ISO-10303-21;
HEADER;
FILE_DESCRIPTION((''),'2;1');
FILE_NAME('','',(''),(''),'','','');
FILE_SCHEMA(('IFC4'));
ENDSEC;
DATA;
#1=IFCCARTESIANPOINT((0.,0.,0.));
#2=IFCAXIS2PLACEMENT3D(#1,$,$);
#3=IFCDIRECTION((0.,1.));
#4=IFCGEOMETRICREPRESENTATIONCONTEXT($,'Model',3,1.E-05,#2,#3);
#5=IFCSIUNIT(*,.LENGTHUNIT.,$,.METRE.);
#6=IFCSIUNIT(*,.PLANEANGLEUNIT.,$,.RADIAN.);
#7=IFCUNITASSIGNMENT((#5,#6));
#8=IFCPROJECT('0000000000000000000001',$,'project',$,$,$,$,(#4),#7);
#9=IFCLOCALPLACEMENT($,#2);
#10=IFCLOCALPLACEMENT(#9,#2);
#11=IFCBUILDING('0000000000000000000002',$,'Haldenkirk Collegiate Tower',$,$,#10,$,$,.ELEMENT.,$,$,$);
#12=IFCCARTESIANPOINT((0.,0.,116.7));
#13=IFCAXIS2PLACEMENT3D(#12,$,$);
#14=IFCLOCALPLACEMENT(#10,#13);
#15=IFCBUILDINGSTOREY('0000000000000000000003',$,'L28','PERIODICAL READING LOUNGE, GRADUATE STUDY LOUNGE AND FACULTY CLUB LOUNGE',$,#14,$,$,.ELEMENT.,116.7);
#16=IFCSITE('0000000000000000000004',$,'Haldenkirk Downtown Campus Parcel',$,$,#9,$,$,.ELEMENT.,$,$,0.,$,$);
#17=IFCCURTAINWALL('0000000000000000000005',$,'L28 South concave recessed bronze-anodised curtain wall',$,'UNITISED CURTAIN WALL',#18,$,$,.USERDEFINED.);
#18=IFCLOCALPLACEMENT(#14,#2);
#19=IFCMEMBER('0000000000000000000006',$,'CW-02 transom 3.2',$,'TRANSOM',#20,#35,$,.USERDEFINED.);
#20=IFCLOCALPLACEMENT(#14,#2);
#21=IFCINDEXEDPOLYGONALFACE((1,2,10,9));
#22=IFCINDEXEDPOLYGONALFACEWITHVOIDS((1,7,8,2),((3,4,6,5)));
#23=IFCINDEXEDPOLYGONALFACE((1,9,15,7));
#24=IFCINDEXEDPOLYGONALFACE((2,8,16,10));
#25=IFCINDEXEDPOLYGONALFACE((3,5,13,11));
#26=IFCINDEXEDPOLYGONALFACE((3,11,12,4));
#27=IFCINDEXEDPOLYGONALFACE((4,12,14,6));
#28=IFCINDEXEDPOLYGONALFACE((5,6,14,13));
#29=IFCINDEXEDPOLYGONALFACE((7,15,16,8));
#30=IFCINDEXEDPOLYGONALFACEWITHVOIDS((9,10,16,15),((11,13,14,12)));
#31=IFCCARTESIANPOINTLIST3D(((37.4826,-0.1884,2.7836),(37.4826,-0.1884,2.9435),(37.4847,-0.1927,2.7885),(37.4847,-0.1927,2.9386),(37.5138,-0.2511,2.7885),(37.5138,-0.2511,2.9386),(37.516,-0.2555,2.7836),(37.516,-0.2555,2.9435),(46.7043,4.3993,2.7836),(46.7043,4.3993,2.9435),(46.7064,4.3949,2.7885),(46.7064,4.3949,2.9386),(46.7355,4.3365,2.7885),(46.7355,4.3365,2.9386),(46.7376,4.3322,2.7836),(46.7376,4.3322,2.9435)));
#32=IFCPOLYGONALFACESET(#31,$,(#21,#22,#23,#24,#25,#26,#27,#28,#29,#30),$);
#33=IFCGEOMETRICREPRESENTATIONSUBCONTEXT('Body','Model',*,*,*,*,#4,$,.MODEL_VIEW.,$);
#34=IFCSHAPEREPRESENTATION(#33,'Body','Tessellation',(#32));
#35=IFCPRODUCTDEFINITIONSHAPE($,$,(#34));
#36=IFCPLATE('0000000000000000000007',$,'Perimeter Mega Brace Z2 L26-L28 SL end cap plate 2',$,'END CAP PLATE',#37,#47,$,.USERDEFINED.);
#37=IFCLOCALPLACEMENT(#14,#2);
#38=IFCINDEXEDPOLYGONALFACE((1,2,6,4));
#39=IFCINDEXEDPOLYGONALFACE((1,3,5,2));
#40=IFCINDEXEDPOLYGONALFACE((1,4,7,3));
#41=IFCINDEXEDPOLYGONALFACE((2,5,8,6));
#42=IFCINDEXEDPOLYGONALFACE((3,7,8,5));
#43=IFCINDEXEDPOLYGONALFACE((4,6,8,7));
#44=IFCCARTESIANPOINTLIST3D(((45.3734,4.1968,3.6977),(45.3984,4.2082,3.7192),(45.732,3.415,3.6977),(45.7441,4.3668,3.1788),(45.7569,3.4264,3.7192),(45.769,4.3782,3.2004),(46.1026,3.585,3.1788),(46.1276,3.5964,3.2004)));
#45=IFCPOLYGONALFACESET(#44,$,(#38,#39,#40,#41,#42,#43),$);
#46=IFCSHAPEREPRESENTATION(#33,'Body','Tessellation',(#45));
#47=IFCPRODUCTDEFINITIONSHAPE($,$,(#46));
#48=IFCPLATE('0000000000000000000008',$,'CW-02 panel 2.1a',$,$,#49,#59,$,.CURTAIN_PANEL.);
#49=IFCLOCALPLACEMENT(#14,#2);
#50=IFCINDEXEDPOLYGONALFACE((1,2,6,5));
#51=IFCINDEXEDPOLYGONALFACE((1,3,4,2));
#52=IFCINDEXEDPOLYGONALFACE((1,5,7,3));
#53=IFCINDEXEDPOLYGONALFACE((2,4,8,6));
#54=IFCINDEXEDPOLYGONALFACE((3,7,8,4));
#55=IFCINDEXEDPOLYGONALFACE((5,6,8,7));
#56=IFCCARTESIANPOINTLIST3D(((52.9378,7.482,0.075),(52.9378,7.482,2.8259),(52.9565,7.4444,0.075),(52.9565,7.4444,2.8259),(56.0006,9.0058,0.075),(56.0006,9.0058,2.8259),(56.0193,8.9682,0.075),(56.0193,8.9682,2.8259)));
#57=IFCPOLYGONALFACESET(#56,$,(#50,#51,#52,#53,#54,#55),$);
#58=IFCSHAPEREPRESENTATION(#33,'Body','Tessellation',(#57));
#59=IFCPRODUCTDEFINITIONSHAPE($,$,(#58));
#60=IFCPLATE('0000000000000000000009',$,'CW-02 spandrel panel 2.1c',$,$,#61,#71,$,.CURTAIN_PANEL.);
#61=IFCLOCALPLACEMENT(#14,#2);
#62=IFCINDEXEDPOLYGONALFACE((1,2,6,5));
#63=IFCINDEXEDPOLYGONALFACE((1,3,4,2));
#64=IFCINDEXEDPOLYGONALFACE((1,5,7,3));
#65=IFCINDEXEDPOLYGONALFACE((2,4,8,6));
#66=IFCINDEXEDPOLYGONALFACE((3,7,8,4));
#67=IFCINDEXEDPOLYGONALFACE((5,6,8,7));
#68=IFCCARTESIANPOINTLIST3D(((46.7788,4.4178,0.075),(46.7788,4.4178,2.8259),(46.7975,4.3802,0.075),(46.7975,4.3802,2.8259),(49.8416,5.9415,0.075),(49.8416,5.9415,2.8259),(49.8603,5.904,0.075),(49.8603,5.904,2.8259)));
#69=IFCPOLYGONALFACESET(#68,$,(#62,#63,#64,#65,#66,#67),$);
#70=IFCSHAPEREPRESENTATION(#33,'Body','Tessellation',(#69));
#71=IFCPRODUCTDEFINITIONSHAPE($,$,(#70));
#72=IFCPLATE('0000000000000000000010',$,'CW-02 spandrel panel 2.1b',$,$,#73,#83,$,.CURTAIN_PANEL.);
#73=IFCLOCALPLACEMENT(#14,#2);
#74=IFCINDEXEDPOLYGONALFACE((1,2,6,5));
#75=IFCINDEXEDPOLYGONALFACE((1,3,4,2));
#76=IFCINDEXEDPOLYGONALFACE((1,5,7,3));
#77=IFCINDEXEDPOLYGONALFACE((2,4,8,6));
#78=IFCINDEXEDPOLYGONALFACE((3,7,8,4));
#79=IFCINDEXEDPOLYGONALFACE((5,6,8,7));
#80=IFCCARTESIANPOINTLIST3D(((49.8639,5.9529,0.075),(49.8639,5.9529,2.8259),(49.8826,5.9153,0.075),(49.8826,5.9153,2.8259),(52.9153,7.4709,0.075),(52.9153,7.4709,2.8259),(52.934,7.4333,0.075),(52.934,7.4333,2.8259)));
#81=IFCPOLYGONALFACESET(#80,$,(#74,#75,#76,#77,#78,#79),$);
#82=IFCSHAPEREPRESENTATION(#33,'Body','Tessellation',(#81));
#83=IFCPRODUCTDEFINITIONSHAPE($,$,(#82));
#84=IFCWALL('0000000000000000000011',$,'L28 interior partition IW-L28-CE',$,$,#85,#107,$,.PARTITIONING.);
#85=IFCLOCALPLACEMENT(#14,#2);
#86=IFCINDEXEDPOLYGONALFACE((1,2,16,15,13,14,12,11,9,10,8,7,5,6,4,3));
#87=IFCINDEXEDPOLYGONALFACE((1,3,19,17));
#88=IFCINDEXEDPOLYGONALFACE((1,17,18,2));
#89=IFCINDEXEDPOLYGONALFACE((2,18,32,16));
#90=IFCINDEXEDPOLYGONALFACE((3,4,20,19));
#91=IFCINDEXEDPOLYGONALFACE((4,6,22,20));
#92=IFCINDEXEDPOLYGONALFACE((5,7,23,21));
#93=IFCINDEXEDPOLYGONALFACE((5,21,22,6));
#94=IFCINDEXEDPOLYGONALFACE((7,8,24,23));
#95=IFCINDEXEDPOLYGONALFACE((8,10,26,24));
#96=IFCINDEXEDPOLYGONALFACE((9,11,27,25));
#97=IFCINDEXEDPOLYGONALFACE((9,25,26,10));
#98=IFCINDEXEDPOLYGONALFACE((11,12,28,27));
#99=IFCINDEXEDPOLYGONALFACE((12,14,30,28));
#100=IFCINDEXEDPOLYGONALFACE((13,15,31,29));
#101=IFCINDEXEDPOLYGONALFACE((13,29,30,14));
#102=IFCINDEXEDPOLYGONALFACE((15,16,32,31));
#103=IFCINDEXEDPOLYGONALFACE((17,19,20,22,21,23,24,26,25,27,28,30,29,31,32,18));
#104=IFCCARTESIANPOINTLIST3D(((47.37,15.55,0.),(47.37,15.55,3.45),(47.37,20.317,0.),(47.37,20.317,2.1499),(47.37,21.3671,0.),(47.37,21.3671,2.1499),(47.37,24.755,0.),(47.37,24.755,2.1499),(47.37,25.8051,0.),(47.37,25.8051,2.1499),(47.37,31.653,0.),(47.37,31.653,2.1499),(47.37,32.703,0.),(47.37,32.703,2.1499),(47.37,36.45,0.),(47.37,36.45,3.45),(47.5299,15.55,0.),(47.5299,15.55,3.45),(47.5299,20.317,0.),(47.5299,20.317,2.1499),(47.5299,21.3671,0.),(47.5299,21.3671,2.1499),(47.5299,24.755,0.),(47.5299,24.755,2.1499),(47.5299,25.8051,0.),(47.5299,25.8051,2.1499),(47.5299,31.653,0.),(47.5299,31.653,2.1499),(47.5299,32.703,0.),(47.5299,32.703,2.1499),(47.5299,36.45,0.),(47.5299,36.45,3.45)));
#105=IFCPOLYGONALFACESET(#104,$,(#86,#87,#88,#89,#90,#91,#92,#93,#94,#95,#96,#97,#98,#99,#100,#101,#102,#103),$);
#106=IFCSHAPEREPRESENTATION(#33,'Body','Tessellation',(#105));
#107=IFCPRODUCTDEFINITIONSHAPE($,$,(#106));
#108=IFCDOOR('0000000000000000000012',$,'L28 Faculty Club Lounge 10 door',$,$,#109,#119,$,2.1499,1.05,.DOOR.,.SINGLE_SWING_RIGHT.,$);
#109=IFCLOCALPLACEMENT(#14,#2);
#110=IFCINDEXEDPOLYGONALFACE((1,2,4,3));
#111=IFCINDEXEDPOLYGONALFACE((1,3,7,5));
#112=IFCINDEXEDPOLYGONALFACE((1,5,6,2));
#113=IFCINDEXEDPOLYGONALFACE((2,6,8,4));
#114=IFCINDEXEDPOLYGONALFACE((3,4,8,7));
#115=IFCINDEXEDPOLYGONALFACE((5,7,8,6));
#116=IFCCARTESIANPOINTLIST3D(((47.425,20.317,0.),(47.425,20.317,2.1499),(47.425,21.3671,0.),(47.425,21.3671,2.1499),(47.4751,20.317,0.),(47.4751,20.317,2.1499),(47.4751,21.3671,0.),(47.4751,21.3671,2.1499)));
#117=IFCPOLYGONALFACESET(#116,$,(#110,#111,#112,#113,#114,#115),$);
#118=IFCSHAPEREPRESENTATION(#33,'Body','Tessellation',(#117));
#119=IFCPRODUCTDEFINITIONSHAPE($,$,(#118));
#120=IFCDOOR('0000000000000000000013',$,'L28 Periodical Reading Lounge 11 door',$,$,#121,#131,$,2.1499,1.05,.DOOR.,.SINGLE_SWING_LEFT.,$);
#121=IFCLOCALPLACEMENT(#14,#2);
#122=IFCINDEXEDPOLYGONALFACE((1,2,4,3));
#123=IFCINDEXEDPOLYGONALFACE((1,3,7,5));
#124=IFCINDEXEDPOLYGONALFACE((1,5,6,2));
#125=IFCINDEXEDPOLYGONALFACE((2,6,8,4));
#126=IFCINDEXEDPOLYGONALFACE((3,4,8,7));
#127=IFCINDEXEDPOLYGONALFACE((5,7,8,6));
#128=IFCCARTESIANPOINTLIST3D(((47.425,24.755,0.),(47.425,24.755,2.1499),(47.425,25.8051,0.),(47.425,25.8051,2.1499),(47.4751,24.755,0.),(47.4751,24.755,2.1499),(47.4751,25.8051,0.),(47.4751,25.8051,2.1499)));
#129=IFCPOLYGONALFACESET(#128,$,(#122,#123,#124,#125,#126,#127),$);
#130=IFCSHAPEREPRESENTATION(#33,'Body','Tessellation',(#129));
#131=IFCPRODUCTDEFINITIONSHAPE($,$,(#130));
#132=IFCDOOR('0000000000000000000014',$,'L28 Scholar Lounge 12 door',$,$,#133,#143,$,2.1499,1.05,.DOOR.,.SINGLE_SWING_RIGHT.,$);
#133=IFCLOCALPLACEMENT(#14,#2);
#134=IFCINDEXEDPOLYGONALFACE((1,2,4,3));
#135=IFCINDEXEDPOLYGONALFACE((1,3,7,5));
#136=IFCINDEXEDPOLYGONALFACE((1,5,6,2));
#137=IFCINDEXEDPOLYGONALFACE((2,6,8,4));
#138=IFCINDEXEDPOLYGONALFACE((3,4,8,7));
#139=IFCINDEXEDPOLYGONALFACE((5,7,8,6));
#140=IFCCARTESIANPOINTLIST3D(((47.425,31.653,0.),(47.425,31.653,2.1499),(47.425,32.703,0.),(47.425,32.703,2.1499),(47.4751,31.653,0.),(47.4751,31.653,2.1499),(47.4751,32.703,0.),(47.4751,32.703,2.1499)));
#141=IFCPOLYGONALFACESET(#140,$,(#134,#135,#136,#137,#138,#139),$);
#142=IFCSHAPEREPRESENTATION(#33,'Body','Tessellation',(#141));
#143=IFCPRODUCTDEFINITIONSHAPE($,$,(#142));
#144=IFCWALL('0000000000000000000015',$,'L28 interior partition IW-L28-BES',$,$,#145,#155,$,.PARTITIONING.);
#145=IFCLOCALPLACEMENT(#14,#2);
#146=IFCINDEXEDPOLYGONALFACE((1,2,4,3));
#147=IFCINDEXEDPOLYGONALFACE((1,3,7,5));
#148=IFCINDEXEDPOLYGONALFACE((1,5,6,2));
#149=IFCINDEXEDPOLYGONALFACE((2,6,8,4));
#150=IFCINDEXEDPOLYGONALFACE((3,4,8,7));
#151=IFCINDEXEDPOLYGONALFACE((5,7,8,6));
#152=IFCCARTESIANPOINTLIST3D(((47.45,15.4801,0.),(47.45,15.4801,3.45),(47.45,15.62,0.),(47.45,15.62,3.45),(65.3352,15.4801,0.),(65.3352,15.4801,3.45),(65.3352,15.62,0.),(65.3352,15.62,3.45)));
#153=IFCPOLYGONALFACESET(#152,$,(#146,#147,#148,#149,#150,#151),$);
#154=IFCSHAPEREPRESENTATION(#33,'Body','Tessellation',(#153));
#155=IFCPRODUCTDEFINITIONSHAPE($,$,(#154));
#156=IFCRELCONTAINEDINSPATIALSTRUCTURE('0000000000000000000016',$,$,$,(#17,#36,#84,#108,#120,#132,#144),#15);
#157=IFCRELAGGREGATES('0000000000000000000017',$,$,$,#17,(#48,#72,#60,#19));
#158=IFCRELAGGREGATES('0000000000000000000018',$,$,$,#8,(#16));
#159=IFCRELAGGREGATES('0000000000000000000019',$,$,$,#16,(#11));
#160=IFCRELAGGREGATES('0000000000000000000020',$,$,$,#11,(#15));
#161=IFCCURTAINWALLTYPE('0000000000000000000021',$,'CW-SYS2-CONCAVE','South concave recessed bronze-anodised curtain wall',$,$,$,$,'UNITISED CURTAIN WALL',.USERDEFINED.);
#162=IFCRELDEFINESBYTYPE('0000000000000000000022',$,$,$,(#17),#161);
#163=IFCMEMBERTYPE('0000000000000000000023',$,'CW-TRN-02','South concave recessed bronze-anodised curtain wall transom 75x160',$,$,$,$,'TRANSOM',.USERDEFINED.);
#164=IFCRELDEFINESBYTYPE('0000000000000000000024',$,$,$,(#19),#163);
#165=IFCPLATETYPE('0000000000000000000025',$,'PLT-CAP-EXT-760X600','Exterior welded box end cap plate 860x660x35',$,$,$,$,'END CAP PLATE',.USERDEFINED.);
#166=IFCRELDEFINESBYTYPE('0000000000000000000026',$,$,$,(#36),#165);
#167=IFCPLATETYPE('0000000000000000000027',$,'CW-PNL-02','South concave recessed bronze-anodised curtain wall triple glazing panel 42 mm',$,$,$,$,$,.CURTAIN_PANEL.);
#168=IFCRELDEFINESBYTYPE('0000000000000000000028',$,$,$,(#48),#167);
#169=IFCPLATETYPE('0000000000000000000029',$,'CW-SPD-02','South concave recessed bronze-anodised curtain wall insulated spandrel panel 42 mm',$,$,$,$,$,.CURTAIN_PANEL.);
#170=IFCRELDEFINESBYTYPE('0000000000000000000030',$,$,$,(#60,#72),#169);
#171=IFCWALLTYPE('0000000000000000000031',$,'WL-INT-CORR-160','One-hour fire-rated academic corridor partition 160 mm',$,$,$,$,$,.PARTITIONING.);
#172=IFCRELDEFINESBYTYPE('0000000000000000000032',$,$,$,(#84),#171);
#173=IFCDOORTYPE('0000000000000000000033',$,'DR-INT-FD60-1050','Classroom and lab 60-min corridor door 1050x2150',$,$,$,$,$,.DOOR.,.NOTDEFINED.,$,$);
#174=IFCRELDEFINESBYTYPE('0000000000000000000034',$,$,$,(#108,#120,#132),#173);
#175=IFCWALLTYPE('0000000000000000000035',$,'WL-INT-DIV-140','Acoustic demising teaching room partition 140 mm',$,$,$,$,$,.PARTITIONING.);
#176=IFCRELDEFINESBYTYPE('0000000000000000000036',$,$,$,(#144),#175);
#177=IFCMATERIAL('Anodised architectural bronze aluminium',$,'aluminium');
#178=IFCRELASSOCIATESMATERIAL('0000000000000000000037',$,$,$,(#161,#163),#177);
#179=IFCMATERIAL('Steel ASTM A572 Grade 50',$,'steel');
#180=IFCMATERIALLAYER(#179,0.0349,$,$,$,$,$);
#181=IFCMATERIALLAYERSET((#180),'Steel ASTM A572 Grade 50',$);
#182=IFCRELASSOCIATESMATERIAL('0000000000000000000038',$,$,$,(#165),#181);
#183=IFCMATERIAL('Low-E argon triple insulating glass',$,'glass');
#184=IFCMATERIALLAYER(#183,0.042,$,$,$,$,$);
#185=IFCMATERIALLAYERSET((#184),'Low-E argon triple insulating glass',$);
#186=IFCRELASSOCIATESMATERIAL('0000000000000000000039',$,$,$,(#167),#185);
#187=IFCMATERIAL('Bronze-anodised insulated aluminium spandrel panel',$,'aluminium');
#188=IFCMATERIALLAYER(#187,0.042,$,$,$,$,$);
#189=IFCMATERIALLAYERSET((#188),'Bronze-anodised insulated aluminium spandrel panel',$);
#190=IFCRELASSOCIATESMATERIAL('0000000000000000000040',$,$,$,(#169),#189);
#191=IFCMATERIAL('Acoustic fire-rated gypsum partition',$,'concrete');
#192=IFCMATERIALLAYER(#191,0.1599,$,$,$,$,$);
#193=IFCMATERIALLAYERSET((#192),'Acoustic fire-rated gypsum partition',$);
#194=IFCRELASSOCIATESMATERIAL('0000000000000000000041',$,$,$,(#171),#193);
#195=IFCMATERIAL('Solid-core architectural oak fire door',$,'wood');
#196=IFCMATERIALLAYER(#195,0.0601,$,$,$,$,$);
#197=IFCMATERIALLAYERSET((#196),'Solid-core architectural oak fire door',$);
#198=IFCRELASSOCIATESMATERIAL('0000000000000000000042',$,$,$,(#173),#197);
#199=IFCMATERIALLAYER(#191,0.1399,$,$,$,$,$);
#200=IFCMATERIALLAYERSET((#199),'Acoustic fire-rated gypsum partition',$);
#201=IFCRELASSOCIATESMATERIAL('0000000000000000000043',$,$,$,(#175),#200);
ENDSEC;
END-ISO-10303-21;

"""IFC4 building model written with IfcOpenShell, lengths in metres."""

from ifc_helpers import new_model, si_unit, direction, frame, frame_2d, origin, origin_2d, place, context, subcontext, project, spatial, rectangle, hollow_rectangle, extrude, source, transform, mapped, material, layer, layer_set, material_profile, profile_set, type_object, element, fill, aggregate, save


model = new_model("IFC4")

# Units and contexts
model_context = context("Model", 3, precision=1e-05, world=origin(), true_north=direction((0.0, 1.0)))
body_context = subcontext(model_context, "Body", "Model", "MODEL_VIEW")
ifc_project = project(units=[si_unit("LENGTHUNIT", "METRE"), si_unit("PLANEANGLEUNIT", "RADIAN")], contexts=[model_context])

# Site, building, storey
site_placement = place(None, origin())
site = spatial("IfcSite", under=ifc_project, at=site_placement, Name="Haldenkirk Downtown Campus Parcel", CompositionType="ELEMENT", RefElevation=0.0)
building_placement = place(site_placement, origin())
building = spatial("IfcBuilding", under=site, at=building_placement, Name="Haldenkirk Collegiate Tower", CompositionType="ELEMENT")
storey_placement = place(building_placement, frame((0.0, 0.0, 116.7)))
storey = spatial("IfcBuildingStorey", under=building, at=storey_placement, Name="L28", Description="PERIODICAL READING LOUNGE, GRADUATE STUDY LOUNGE AND FACULTY CLUB LOUNGE", CompositionType="ELEMENT", Elevation=116.7)

# Curtain wall, member
ifc_material_1 = material(Name="Anodised architectural bronze aluminium", Category="aluminium")
curtain_wall_type = type_object("IfcCurtainWallType", Name="CW-SYS2-CONCAVE", Description="South concave recessed bronze-anodised curtain wall", ElementType="UNITISED CURTAIN WALL", PredefinedType="USERDEFINED", material=ifc_material_1)
curtain_wall_placement = place(storey_placement, origin())
curtain_wall = element("IfcCurtainWall", 1, at=curtain_wall_placement, inside=storey, type_object=curtain_wall_type, Name="L28 South concave recessed bronze-anodised curtain wall", ObjectType="UNITISED CURTAIN WALL", PredefinedType="USERDEFINED")
ifc_material_profile_1 = material_profile(ifc_material_1, hollow_rectangle(XDim=0.075, YDim=0.1599, WallThickness=0.0049, at=origin_2d()), Name="CW-TRN-02")
ifc_profile_set_1 = profile_set([ifc_material_profile_1], Name="Anodised architectural bronze aluminium")
member_type_1 = type_object("IfcMemberType", Name="CW-TRN-02", Description="South concave recessed bronze-anodised curtain wall transom 75x160", ElementType="TRANSOM", PredefinedType="USERDEFINED", material=ifc_profile_set_1)
member_1_placement = place(storey_placement, frame((46.7209, 4.3657, 2.8635), z_axis=(-0.895326, -0.445411, 0.0), x_axis=(0.445411, -0.895326, 0.0)))
member_1 = element("IfcMember", 2, at=member_1_placement, type_object=member_type_1, Name="CW-02 transom 3.2", ObjectType="TRANSOM", PredefinedType="USERDEFINED", context=body_context, shape_type="SweptSolid", body=[
    extrude(hollow_rectangle(XDim=0.075, YDim=0.1599, WallThickness=0.0049, at=origin_2d()), origin(), (0.0, 0.0, 1.0), 10.2998),
])

# Plates
ifc_material_2 = material(Name="Steel ASTM A572 Grade 50", Category="steel")
ifc_layer_1 = layer(ifc_material_2, 0.0349)
ifc_layer_set_1 = layer_set([ifc_layer_1], Name="Steel ASTM A572 Grade 50")
plate_type_1 = type_object("IfcPlateType", Name="PLT-CAP-EXT-760X600", Description="Exterior welded box end cap plate 860x660x35", ElementType="END CAP PLATE", PredefinedType="USERDEFINED", material=ifc_layer_set_1)
shared_shape_1 = source(origin(), body_context, "Body", "SweptSolid", [
    extrude(rectangle(XDim=0.8601, YDim=0.6599, at=origin_2d()), origin(), (0.0, 0.0, 1.0), 0.0349),
])
plate_1_placement = place(storey_placement, frame((45.738, 3.8909, 3.4382), z_axis=(0.71466, 0.32776, 0.617928), x_axis=(-0.416873, 0.908965, 0.0)))
element("IfcPlate", 3, at=plate_1_placement, inside=storey, type_object=plate_type_1, Name="Perimeter Mega Brace Z2 L26-L28 SL end cap plate 2", ObjectType="END CAP PLATE", PredefinedType="USERDEFINED", context=body_context, shape_type="MappedRepresentation", body=[
    mapped(shared_shape_1, transform((0.0, 0.0, 0.0), x_axis=(1.0, 0.0, 0.0), y_axis=(0.0, 1.0, 0.0), z_axis=(0.0, 0.0, 1.0), scale=1.0)),
])
ifc_material_3 = material(Name="Low-E argon triple insulating glass", Category="glass")
ifc_layer_2 = layer(ifc_material_3, 0.042)
ifc_layer_set_2 = layer_set([ifc_layer_2], Name="Low-E argon triple insulating glass")
plate_type_2 = type_object("IfcPlateType", Name="CW-PNL-02", Description="South concave recessed bronze-anodised curtain wall triple glazing panel 42 mm", PredefinedType="CURTAIN_PANEL", material=ifc_layer_set_2)
shared_shape_2 = source(origin(), body_context, "Body", "SweptSolid", [
    extrude(rectangle(XDim=3.4209, YDim=0.042, at=origin_2d()), origin(), (0.0, 0.0, 1.0), 2.751),
])
plate_2_placement = place(storey_placement, frame((54.4785, 8.2251, 0.075), z_axis=(0.0, 0.0, 1.0), x_axis=(-0.895324, -0.445415, 0.0)))
plate_2 = element("IfcPlate", 4, at=plate_2_placement, type_object=plate_type_2, Name="CW-02 panel 2.1a", PredefinedType="CURTAIN_PANEL", context=body_context, shape_type="MappedRepresentation", body=[
    mapped(shared_shape_2, transform((0.0, 0.0, 0.0), x_axis=(1.0, 0.0, 0.0), y_axis=(0.0, 1.0, 0.0), z_axis=(0.0, 0.0, 1.0), scale=1.0)),
])
ifc_material_4 = material(Name="Bronze-anodised insulated aluminium spandrel panel", Category="aluminium")
ifc_layer_3 = layer(ifc_material_4, 0.042)
ifc_layer_set_3 = layer_set([ifc_layer_3], Name="Bronze-anodised insulated aluminium spandrel panel")
plate_type_3 = type_object("IfcPlateType", Name="CW-SPD-02", Description="South concave recessed bronze-anodised curtain wall insulated spandrel panel 42 mm", PredefinedType="CURTAIN_PANEL", material=ifc_layer_set_3)
plate_3_placement = place(storey_placement, frame((48.3196, 5.1609, 0.075), z_axis=(0.0, 0.0, 1.0), x_axis=(-0.895324, -0.445415, 0.0)))
plate_3 = element("IfcPlate", 5, at=plate_3_placement, type_object=plate_type_3, Name="CW-02 spandrel panel 2.1c", PredefinedType="CURTAIN_PANEL", context=body_context, shape_type="MappedRepresentation", body=[
    mapped(shared_shape_2, transform((0.0, 0.0, 0.0), x_axis=(1.0, 0.0, 0.0), y_axis=(0.0, 1.0, 0.0), z_axis=(0.0, 0.0, 1.0), scale=1.0)),
])
shared_shape_3 = source(origin(), body_context, "Body", "SweptSolid", [
    extrude(rectangle(XDim=3.4082, YDim=0.042, at=origin_2d()), origin(), (0.0, 0.0, 1.0), 2.751),
])
plate_4_placement = place(storey_placement, frame((51.3989, 6.6931, 0.075), z_axis=(0.0, 0.0, 1.0), x_axis=(-0.895324, -0.445415, 0.0)))
plate_4 = element("IfcPlate", 6, at=plate_4_placement, type_object=plate_type_3, Name="CW-02 spandrel panel 2.1b", PredefinedType="CURTAIN_PANEL", context=body_context, shape_type="MappedRepresentation", body=[
    mapped(shared_shape_3, transform((0.0, 0.0, 0.0), x_axis=(1.0, 0.0, 0.0), y_axis=(0.0, 1.0, 0.0), z_axis=(0.0, 0.0, 1.0), scale=1.0)),
])
aggregate(curtain_wall, [plate_2, plate_4, plate_3, member_1])

# Wall, openings, doors
ifc_material_5 = material(Name="Acoustic fire-rated gypsum partition", Category="concrete")
ifc_layer_4 = layer(ifc_material_5, 0.1599)
ifc_layer_set_4 = layer_set([ifc_layer_4], Name="Acoustic fire-rated gypsum partition")
wall_type_1 = type_object("IfcWallType", Name="WL-INT-CORR-160", Description="One-hour fire-rated academic corridor partition 160 mm", PredefinedType="PARTITIONING", material=ifc_layer_set_4)
wall_1_placement = place(storey_placement, frame((47.45, 15.55, 0.0), z_axis=(0.0, 0.0, 1.0), x_axis=(0.0, 1.0, 0.0)))
wall_1 = element("IfcWall", 7, at=wall_1_placement, inside=storey, type_object=wall_type_1, Name="L28 interior partition IW-L28-CE", PredefinedType="PARTITIONING", context=body_context, shape_type="SweptSolid", body=[
    extrude(rectangle(XDim=20.8999, YDim=0.1599, at=frame_2d((10.45, 0.0))), origin(), (0.0, 0.0, 1.0), 3.45),
])
opening_1_placement = place(wall_1_placement, frame((4.7671, 0.0, 0.0)))
opening_1 = element("IfcOpeningElement", 8, at=opening_1_placement, cuts=wall_1, PredefinedType="OPENING", context=body_context, shape_type="SweptSolid", body=[
    extrude(rectangle(XDim=1.05, YDim=2.1499, at=frame_2d((0.5249, 1.075))), frame((0.0, 0.0898, 0.0), z_axis=(0.0, -1.0, 0.0), x_axis=(1.0, 0.0, 0.0)), (0.0, 0.0, 1.0), 0.1799),
])
opening_2_placement = place(wall_1_placement, frame((9.2051, 0.0, 0.0)))
opening_2 = element("IfcOpeningElement", 9, at=opening_2_placement, cuts=wall_1, PredefinedType="OPENING", context=body_context, shape_type="SweptSolid", body=[
    extrude(rectangle(XDim=1.05, YDim=2.1499, at=frame_2d((0.5249, 1.075))), frame((0.0, 0.0898, 0.0), z_axis=(0.0, -1.0, 0.0), x_axis=(1.0, 0.0, 0.0)), (0.0, 0.0, 1.0), 0.1799),
])
opening_3_placement = place(wall_1_placement, frame((16.103, 0.0, 0.0)))
opening_3 = element("IfcOpeningElement", 10, at=opening_3_placement, cuts=wall_1, PredefinedType="OPENING", context=body_context, shape_type="SweptSolid", body=[
    extrude(rectangle(XDim=1.05, YDim=2.1499, at=frame_2d((0.5249, 1.075))), frame((0.0, 0.0898, 0.0), z_axis=(0.0, -1.0, 0.0), x_axis=(1.0, 0.0, 0.0)), (0.0, 0.0, 1.0), 0.1799),
])
ifc_material_6 = material(Name="Solid-core architectural oak fire door", Category="wood")
ifc_layer_5 = layer(ifc_material_6, 0.0601)
ifc_layer_set_5 = layer_set([ifc_layer_5], Name="Solid-core architectural oak fire door")
door_type = type_object("IfcDoorType", Name="DR-INT-FD60-1050", Description="Classroom and lab 60-min corridor door 1050x2150", OperationType="NOTDEFINED", PredefinedType="DOOR", material=ifc_layer_set_5)
door_1_placement = place(opening_1_placement, origin())
door_1 = element("IfcDoor", 11, at=door_1_placement, inside=storey, type_object=door_type, Name="L28 Faculty Club Lounge 10 door", OperationType="SINGLE_SWING_RIGHT", OverallHeight=2.1499, OverallWidth=1.05, PredefinedType="DOOR", context=body_context, shape_type="SweptSolid", body=[
    extrude(rectangle(XDim=1.05, YDim=2.1499, at=frame_2d((0.5249, 1.075))), frame((0.0, 0.0249, 0.0), z_axis=(0.0, -1.0, 0.0), x_axis=(1.0, 0.0, 0.0)), (0.0, 0.0, 1.0), 0.05),
])
fill(opening_1, door_1)
door_2_placement = place(opening_2_placement, origin())
door_2 = element("IfcDoor", 12, at=door_2_placement, inside=storey, type_object=door_type, Name="L28 Periodical Reading Lounge 11 door", OperationType="SINGLE_SWING_LEFT", OverallHeight=2.1499, OverallWidth=1.05, PredefinedType="DOOR", context=body_context, shape_type="SweptSolid", body=[
    extrude(rectangle(XDim=1.05, YDim=2.1499, at=frame_2d((0.5249, 1.075))), frame((0.0, 0.0249, 0.0), z_axis=(0.0, -1.0, 0.0), x_axis=(1.0, 0.0, 0.0)), (0.0, 0.0, 1.0), 0.05),
])
fill(opening_2, door_2)
door_3_placement = place(opening_3_placement, origin())
door_3 = element("IfcDoor", 13, at=door_3_placement, inside=storey, type_object=door_type, Name="L28 Scholar Lounge 12 door", OperationType="SINGLE_SWING_RIGHT", OverallHeight=2.1499, OverallWidth=1.05, PredefinedType="DOOR", context=body_context, shape_type="SweptSolid", body=[
    extrude(rectangle(XDim=1.05, YDim=2.1499, at=frame_2d((0.5249, 1.075))), frame((0.0, 0.0249, 0.0), z_axis=(0.0, -1.0, 0.0), x_axis=(1.0, 0.0, 0.0)), (0.0, 0.0, 1.0), 0.05),
])
fill(opening_3, door_3)

# Wall
ifc_layer_6 = layer(ifc_material_5, 0.1399)
ifc_layer_set_6 = layer_set([ifc_layer_6], Name="Acoustic fire-rated gypsum partition")
wall_type_2 = type_object("IfcWallType", Name="WL-INT-DIV-140", Description="Acoustic demising teaching room partition 140 mm", PredefinedType="PARTITIONING", material=ifc_layer_set_6)
wall_2_placement = place(storey_placement, frame((47.45, 15.55, 0.0), z_axis=(0.0, 0.0, 1.0), x_axis=(1.0, 0.0, 0.0)))
element("IfcWall", 14, at=wall_2_placement, inside=storey, type_object=wall_type_2, Name="L28 interior partition IW-L28-BES", PredefinedType="PARTITIONING", context=body_context, shape_type="SweptSolid", body=[
    extrude(rectangle(XDim=17.8853, YDim=0.1399, at=frame_2d((8.9426, 0.0))), origin(), (0.0, 0.0, 1.0), 3.45),
])

save(model, "model.ifc")
